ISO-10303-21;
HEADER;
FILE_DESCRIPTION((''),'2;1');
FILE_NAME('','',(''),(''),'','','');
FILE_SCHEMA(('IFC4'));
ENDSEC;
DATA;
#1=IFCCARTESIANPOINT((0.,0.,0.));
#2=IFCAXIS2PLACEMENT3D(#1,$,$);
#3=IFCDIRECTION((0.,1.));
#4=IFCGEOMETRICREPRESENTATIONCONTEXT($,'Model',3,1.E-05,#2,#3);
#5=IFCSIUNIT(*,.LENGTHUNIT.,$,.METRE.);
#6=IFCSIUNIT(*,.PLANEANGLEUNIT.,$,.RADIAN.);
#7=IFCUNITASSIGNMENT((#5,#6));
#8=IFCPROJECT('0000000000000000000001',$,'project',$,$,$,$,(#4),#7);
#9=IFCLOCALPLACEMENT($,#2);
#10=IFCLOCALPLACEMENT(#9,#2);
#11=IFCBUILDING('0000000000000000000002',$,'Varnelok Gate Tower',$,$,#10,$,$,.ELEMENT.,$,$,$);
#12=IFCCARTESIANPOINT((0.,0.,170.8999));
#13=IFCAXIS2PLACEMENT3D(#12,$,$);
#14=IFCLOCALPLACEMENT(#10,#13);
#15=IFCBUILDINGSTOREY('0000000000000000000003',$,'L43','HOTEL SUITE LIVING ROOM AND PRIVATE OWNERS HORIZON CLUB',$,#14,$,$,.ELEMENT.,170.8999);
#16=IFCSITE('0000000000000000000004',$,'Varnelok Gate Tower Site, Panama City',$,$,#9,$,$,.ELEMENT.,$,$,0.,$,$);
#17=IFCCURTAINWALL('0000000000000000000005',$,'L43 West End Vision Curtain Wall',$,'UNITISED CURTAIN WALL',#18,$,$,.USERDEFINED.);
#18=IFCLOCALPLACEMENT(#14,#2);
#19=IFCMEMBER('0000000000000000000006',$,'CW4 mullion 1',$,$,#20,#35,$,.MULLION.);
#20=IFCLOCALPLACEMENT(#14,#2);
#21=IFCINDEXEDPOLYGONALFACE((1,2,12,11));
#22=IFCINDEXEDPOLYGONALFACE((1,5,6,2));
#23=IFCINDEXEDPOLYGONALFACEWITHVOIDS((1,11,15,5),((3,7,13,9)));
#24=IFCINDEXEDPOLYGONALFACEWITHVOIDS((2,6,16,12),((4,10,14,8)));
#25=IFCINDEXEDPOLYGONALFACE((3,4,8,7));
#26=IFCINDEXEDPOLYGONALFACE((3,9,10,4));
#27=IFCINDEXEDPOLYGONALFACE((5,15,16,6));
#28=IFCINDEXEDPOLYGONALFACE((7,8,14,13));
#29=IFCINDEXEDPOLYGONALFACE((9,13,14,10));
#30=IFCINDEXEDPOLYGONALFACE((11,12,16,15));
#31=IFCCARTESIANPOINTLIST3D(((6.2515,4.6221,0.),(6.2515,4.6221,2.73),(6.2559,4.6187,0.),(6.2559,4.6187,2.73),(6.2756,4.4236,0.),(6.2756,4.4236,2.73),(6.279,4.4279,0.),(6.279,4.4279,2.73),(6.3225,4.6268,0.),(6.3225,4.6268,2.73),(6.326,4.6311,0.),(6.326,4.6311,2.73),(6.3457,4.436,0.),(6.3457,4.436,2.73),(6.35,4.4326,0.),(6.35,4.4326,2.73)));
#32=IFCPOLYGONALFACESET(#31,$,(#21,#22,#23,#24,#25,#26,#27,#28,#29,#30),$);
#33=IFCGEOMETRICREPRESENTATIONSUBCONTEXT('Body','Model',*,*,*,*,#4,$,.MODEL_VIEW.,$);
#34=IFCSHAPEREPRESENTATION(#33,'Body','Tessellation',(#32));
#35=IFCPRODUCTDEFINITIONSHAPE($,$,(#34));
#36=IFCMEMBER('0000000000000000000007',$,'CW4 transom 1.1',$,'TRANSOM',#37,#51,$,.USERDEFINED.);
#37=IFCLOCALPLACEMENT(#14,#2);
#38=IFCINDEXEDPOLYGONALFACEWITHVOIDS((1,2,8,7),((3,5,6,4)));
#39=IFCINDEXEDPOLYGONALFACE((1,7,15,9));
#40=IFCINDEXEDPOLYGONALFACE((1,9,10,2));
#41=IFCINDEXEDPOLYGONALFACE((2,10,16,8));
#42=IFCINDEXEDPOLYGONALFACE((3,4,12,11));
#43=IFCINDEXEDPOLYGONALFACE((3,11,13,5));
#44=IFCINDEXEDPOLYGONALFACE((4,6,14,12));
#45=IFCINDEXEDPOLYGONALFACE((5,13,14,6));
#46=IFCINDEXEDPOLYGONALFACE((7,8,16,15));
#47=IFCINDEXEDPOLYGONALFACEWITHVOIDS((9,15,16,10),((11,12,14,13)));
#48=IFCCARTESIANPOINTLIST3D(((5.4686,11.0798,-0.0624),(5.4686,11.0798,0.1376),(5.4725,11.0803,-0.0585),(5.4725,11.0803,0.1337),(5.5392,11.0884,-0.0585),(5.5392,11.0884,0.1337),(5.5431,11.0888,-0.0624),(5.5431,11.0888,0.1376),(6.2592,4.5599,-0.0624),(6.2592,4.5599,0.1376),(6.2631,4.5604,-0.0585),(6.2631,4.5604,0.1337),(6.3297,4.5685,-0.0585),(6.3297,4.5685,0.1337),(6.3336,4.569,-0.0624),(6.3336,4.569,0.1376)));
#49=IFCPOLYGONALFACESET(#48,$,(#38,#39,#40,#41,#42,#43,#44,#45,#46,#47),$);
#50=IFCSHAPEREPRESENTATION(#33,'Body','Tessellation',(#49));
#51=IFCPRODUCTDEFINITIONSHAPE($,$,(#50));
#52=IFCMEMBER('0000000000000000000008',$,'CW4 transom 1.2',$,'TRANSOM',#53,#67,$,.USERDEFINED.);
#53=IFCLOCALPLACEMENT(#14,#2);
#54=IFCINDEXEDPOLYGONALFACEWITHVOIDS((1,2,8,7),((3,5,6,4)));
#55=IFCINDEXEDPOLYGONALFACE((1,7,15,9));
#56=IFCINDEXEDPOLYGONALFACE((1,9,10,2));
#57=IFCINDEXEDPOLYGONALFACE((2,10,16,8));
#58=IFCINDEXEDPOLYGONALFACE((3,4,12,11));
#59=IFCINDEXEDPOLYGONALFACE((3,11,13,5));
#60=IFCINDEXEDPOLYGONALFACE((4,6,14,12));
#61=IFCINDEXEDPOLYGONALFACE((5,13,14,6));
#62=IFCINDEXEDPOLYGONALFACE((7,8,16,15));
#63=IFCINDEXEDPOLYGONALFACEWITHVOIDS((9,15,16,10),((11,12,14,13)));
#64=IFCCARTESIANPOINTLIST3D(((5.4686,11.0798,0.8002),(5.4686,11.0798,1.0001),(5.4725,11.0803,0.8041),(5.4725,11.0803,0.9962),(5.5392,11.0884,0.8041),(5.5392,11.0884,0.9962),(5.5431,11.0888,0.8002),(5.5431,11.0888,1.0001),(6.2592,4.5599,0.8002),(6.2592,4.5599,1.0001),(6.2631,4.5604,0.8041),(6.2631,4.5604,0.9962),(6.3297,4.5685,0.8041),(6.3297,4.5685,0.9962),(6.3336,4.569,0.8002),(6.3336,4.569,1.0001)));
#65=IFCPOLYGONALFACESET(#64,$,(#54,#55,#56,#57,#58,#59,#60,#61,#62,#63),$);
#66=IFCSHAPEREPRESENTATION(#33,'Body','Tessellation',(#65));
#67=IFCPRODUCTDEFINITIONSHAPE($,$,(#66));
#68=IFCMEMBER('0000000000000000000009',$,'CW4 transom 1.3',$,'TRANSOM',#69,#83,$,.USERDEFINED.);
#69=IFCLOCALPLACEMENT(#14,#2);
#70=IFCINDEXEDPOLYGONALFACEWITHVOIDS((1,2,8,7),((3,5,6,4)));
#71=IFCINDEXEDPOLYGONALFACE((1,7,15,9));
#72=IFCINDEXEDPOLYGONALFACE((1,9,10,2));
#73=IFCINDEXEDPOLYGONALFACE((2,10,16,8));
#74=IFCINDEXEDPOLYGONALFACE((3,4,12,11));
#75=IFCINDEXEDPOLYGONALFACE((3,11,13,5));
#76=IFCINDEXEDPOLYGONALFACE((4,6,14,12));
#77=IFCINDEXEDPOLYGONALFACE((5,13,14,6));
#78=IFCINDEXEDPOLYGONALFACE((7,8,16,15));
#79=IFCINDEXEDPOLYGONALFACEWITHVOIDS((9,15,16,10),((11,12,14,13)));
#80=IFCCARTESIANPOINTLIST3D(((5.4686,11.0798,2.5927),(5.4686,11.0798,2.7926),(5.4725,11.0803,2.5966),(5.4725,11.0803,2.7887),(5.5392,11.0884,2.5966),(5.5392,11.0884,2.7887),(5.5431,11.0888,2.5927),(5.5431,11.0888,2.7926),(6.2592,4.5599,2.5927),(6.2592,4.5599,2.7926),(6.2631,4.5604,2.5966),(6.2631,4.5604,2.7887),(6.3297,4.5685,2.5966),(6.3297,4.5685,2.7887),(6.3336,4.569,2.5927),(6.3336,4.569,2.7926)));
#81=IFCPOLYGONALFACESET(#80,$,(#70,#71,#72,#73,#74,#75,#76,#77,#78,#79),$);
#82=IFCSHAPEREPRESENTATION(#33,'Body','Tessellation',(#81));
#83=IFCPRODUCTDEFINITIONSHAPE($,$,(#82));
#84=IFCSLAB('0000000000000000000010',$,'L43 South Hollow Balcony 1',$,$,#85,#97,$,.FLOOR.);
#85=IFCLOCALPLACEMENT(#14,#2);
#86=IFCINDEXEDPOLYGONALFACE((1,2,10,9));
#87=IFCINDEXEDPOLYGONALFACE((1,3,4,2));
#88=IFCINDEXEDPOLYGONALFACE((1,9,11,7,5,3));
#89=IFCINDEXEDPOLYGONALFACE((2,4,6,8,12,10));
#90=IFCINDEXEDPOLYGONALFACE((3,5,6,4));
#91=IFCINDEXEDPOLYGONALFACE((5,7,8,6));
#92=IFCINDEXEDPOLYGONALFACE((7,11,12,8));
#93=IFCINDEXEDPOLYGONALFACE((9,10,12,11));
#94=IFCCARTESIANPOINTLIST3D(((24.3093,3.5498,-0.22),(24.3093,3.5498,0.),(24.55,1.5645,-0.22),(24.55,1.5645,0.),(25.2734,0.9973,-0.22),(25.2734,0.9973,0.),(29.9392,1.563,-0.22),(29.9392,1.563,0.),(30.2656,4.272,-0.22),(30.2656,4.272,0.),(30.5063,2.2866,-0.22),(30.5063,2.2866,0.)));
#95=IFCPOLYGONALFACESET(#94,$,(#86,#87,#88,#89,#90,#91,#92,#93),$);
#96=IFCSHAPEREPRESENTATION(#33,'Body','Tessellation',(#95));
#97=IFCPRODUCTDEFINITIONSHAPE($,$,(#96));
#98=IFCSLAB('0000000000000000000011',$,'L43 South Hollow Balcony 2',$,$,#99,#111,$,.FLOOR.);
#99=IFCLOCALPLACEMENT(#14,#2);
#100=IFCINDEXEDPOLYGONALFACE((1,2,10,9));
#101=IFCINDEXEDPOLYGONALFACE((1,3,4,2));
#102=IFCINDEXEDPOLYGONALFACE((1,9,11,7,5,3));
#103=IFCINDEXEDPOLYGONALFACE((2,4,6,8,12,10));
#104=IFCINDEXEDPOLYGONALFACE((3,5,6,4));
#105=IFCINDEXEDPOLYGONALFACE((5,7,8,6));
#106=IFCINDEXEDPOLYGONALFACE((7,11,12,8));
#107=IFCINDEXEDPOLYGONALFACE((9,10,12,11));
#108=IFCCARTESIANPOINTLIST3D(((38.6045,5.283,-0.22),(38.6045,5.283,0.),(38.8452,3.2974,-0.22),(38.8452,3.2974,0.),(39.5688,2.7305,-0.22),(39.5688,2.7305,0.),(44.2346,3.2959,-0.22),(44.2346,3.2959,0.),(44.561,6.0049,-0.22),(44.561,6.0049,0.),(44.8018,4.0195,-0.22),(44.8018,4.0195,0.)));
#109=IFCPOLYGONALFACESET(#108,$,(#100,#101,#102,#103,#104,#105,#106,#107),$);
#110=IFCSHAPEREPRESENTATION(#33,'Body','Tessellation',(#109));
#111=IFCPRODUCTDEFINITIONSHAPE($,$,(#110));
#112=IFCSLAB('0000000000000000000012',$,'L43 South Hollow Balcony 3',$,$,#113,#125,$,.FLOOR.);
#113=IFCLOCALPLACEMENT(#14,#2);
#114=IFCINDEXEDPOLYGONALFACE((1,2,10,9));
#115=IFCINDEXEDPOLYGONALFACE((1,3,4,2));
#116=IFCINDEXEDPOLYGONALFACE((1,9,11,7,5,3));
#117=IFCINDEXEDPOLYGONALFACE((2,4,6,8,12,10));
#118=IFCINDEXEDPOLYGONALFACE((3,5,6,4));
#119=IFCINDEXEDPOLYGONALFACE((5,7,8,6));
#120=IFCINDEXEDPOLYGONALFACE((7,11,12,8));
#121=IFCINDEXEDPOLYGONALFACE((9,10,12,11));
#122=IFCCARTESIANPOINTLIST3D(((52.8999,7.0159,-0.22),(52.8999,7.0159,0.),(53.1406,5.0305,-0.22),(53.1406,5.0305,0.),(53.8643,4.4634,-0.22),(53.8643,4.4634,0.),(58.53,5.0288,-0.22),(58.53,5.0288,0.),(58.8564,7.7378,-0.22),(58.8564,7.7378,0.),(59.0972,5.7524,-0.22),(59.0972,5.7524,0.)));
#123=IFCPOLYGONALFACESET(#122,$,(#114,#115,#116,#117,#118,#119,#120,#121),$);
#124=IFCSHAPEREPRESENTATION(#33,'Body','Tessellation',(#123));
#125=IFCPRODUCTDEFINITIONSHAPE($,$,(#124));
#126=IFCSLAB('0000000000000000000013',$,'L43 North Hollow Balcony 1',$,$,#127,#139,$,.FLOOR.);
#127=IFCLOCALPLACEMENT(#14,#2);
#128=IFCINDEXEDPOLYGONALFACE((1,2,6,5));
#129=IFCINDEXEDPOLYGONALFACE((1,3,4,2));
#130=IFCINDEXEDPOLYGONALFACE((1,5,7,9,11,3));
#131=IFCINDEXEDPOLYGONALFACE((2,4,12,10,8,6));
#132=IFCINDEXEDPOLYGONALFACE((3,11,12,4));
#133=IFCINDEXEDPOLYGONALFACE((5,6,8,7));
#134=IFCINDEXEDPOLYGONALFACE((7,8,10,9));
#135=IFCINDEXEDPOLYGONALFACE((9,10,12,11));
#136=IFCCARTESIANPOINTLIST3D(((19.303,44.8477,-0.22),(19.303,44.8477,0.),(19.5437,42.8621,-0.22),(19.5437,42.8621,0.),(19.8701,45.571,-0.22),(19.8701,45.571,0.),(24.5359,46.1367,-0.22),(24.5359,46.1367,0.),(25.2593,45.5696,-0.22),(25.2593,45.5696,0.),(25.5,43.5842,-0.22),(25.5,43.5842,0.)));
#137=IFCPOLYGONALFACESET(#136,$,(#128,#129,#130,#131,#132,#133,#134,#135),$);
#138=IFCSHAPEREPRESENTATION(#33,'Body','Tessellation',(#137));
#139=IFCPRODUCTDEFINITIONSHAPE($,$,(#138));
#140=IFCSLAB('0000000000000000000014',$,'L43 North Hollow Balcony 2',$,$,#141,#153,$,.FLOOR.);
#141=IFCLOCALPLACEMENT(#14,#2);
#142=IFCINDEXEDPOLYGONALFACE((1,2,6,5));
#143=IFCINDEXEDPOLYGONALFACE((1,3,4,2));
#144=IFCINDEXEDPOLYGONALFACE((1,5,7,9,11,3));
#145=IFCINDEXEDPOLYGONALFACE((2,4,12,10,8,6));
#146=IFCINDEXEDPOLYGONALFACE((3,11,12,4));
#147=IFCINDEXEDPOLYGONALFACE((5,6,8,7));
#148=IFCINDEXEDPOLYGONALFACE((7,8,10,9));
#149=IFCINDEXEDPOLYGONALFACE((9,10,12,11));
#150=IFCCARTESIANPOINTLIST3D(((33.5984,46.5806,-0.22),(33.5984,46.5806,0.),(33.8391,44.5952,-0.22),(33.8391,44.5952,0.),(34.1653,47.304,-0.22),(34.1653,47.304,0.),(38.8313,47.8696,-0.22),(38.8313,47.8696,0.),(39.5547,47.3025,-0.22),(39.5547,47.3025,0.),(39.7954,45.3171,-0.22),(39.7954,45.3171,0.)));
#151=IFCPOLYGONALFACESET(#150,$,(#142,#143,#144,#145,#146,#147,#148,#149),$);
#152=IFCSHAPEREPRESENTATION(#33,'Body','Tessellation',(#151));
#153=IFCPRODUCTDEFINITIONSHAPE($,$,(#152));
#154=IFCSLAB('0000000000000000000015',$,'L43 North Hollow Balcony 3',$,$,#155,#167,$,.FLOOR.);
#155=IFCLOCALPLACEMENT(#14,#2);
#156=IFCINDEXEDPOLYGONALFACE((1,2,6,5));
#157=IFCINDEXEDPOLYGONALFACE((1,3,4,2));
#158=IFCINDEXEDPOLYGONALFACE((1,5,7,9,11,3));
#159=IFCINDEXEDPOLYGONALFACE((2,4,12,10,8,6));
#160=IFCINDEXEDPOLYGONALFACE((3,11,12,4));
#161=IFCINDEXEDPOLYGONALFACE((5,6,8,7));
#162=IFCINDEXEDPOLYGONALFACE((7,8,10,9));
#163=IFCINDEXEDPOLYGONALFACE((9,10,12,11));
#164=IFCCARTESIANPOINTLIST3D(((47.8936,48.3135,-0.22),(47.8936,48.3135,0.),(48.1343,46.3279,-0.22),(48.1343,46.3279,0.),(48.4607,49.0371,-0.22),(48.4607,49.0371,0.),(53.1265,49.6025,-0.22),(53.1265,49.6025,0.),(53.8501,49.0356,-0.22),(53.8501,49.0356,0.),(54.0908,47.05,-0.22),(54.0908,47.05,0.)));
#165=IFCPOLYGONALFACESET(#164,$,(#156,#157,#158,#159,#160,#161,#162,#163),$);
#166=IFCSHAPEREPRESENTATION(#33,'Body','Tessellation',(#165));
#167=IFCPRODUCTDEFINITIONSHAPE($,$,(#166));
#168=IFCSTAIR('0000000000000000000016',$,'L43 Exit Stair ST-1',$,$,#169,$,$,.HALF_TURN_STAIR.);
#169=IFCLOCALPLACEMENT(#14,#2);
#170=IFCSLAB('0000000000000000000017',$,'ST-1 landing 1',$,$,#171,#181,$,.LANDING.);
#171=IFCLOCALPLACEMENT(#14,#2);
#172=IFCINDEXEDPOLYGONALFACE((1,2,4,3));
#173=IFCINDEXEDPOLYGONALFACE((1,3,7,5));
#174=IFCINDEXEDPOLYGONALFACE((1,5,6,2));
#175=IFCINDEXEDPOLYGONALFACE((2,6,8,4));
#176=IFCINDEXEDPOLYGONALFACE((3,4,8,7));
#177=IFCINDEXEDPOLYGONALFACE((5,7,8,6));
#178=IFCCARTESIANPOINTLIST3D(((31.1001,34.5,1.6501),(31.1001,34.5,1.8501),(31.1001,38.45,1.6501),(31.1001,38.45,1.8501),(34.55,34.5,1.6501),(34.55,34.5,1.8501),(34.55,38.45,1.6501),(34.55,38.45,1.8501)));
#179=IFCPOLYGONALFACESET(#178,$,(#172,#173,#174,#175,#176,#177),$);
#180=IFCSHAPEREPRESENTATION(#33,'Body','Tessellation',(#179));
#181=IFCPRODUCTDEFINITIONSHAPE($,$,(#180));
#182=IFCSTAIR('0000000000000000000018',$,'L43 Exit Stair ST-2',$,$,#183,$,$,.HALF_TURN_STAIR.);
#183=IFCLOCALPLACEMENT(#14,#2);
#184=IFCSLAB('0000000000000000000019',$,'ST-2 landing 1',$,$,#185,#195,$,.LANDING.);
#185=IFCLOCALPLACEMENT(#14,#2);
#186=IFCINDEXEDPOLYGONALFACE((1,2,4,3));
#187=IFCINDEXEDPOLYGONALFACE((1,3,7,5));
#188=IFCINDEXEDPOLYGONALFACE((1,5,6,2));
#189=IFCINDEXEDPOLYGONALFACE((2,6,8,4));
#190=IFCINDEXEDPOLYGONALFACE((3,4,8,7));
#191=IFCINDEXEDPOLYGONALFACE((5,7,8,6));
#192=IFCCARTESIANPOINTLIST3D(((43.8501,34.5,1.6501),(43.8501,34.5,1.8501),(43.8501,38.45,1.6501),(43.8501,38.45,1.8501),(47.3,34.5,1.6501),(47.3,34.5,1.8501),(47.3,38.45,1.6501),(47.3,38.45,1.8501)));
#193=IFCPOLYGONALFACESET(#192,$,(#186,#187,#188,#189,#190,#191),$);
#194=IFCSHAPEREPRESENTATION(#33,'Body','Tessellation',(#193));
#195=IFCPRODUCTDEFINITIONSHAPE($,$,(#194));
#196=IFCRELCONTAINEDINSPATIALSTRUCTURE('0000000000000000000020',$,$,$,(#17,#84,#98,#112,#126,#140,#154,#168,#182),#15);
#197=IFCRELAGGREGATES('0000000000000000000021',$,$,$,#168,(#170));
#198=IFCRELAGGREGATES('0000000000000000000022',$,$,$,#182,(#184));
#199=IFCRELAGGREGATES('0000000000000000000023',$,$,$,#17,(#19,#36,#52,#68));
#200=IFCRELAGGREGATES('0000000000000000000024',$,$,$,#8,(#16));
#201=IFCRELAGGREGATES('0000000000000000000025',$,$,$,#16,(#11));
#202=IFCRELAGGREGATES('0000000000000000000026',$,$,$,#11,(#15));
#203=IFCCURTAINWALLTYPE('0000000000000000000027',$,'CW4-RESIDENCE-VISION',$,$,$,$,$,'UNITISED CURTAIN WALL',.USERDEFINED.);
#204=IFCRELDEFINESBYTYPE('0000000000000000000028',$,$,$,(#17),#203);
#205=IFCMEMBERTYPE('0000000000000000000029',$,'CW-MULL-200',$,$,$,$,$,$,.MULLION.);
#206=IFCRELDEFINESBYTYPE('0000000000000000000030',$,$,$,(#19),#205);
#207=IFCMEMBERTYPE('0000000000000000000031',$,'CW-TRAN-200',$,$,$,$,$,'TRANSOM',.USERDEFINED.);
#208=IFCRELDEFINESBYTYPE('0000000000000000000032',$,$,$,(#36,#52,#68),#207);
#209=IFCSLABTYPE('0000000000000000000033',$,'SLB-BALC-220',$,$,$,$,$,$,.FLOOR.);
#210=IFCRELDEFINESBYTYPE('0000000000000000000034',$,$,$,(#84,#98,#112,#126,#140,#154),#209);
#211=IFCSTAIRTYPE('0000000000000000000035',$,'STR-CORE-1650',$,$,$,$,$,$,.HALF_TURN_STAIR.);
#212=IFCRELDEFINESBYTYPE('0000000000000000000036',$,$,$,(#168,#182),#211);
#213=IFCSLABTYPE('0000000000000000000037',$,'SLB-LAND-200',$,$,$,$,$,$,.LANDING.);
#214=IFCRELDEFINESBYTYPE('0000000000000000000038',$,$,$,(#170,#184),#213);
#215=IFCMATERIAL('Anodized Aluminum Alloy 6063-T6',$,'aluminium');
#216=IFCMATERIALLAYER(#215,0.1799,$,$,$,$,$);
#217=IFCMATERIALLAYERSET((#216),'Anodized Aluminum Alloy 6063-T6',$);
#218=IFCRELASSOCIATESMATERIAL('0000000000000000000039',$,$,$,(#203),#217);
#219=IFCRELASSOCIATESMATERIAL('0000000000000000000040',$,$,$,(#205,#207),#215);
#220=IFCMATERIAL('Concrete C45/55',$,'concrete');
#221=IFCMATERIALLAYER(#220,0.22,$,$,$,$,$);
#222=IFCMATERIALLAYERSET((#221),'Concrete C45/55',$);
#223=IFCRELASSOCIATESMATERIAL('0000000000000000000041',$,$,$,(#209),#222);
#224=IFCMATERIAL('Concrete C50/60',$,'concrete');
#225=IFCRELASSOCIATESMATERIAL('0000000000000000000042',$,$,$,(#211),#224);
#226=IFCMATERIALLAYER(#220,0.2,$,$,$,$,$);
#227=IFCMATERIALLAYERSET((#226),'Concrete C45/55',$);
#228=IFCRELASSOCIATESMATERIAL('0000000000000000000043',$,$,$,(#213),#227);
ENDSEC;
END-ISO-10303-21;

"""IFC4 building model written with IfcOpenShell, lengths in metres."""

from ifc_helpers import new_model, si_unit, direction, frame, origin, origin_2d, place, context, subcontext, project, spatial, polyline, hollow_rectangle, outline, extrude, material, layer, layer_set, material_profile, profile_set, type_object, element, aggregate, save


model = new_model("IFC4")

# Units and contexts
model_context = context("Model", 3, precision=1e-05, world=origin(), true_north=direction((0.0, 1.0)))
body_context = subcontext(model_context, "Body", "Model", "MODEL_VIEW")
ifc_project = project(units=[si_unit("LENGTHUNIT", "METRE"), si_unit("PLANEANGLEUNIT", "RADIAN")], contexts=[model_context])

# Site, building, storey
site_placement = place(None, origin())
site = spatial("IfcSite", under=ifc_project, at=site_placement, Name="Varnelok Gate Tower Site, Panama City", CompositionType="ELEMENT", RefElevation=0.0)
building_placement = place(site_placement, origin())
building = spatial("IfcBuilding", under=site, at=building_placement, Name="Varnelok Gate Tower", CompositionType="ELEMENT")
storey_placement = place(building_placement, frame((0.0, 0.0, 170.8999)))
storey = spatial("IfcBuildingStorey", under=building, at=storey_placement, Name="L43", Description="HOTEL SUITE LIVING ROOM AND PRIVATE OWNERS HORIZON CLUB", CompositionType="ELEMENT", Elevation=170.8999)

# Curtain wall, members
ifc_material_1 = material(Name="Anodized Aluminum Alloy 6063-T6", Category="aluminium")
ifc_layer_1 = layer(ifc_material_1, 0.1799)
ifc_layer_set_1 = layer_set([ifc_layer_1], Name="Anodized Aluminum Alloy 6063-T6")
curtain_wall_type = type_object("IfcCurtainWallType", Name="CW4-RESIDENCE-VISION", ElementType="UNITISED CURTAIN WALL", PredefinedType="USERDEFINED", material=ifc_layer_set_1)
curtain_wall_placement = place(storey_placement, origin())
curtain_wall = element("IfcCurtainWall", 1, at=curtain_wall_placement, inside=storey, type_object=curtain_wall_type, Name="L43 West End Vision Curtain Wall", ObjectType="UNITISED CURTAIN WALL", PredefinedType="USERDEFINED")
ifc_material_profile_1 = material_profile(ifc_material_1, hollow_rectangle(XDim=0.075, YDim=0.2, WallThickness=0.0039, at=origin_2d()), Name="ALU200X75X4")
ifc_profile_set_1 = profile_set([ifc_material_profile_1], Name="Anodized Aluminum Alloy 6063-T6")
member_type_1 = type_object("IfcMemberType", Name="CW-MULL-200", PredefinedType="MULLION", material=ifc_profile_set_1)
member_1_placement = place(storey_placement, frame((6.3008, 4.5273, 0.0), z_axis=(0.0, 0.0, 1.0), x_axis=(-0.992732, -0.120345, 0.0)))
member_1 = element("IfcMember", 2, at=member_1_placement, type_object=member_type_1, Name="CW4 mullion 1", PredefinedType="MULLION", context=body_context, shape_type="SweptSolid", body=[
    extrude(hollow_rectangle(XDim=0.075, YDim=0.2, WallThickness=0.0039, at=origin_2d()), origin(), (0.0, 0.0, 1.0), 2.73),
])
ifc_material_profile_2 = material_profile(ifc_material_1, hollow_rectangle(XDim=0.075, YDim=0.2, WallThickness=0.0039, at=origin_2d()), Name="ALU200X75X4")
ifc_profile_set_2 = profile_set([ifc_material_profile_2], Name="Anodized Aluminum Alloy 6063-T6")
member_type_2 = type_object("IfcMemberType", Name="CW-TRAN-200", ElementType="TRANSOM", PredefinedType="USERDEFINED", material=ifc_profile_set_2)
member_2_placement = place(storey_placement, frame((6.2964, 4.5645, 0.0376), z_axis=(-0.120369, 0.992729, 0.0), x_axis=(-0.992729, -0.120369, 0.0)))
member_2 = element("IfcMember", 3, at=member_2_placement, type_object=member_type_2, Name="CW4 transom 1.1", ObjectType="TRANSOM", PredefinedType="USERDEFINED", context=body_context, shape_type="SweptSolid", body=[
    extrude(hollow_rectangle(XDim=0.075, YDim=0.2, WallThickness=0.0039, at=origin_2d()), origin(), (0.0, 0.0, 1.0), 6.5676),
])
member_3_placement = place(storey_placement, frame((6.2964, 4.5645, 0.9001), z_axis=(-0.120369, 0.992729, 0.0), x_axis=(-0.992729, -0.120369, 0.0)))
member_3 = element("IfcMember", 4, at=member_3_placement, type_object=member_type_2, Name="CW4 transom 1.2", ObjectType="TRANSOM", PredefinedType="USERDEFINED", context=body_context, shape_type="SweptSolid", body=[
    extrude(hollow_rectangle(XDim=0.075, YDim=0.2, WallThickness=0.0039, at=origin_2d()), origin(), (0.0, 0.0, 1.0), 6.5676),
])
member_4_placement = place(storey_placement, frame((6.2964, 4.5645, 2.6926), z_axis=(-0.120369, 0.992729, 0.0), x_axis=(-0.992729, -0.120369, 0.0)))
member_4 = element("IfcMember", 5, at=member_4_placement, type_object=member_type_2, Name="CW4 transom 1.3", ObjectType="TRANSOM", PredefinedType="USERDEFINED", context=body_context, shape_type="SweptSolid", body=[
    extrude(hollow_rectangle(XDim=0.075, YDim=0.2, WallThickness=0.0039, at=origin_2d()), origin(), (0.0, 0.0, 1.0), 6.5676),
])

# Slabs
ifc_material_2 = material(Name="Concrete C45/55", Category="concrete")
ifc_layer_2 = layer(ifc_material_2, 0.22)
ifc_layer_set_2 = layer_set([ifc_layer_2], Name="Concrete C45/55")
slab_type_1 = type_object("IfcSlabType", Name="SLB-BALC-220", PredefinedType="FLOOR", material=ifc_layer_set_2)
slab_1_placement = place(storey_placement, frame((0.0, 0.0, -0.22)))
element("IfcSlab", 6, at=slab_1_placement, inside=storey, type_object=slab_type_1, Name="L43 South Hollow Balcony 1", PredefinedType="FLOOR", context=body_context, shape_type="SweptSolid", body=[
    extrude(outline(polyline([(24.55, 1.5645), (25.2734, 0.9973), (29.9392, 1.563), (30.5063, 2.2866), (30.2656, 4.272), (24.3093, 3.5498), (24.55, 1.5645)])), origin(), (0.0, 0.0, 1.0), 0.22),
])
slab_2_placement = place(storey_placement, frame((0.0, 0.0, -0.22)))
element("IfcSlab", 7, at=slab_2_placement, inside=storey, type_object=slab_type_1, Name="L43 South Hollow Balcony 2", PredefinedType="FLOOR", context=body_context, shape_type="SweptSolid", body=[
    extrude(outline(polyline([(38.8452, 3.2974), (39.5688, 2.7305), (44.2346, 3.2959), (44.8018, 4.0195), (44.561, 6.0049), (38.6045, 5.283), (38.8452, 3.2974)])), origin(), (0.0, 0.0, 1.0), 0.22),
])
slab_3_placement = place(storey_placement, frame((0.0, 0.0, -0.22)))
element("IfcSlab", 8, at=slab_3_placement, inside=storey, type_object=slab_type_1, Name="L43 South Hollow Balcony 3", PredefinedType="FLOOR", context=body_context, shape_type="SweptSolid", body=[
    extrude(outline(polyline([(53.1406, 5.0305), (53.8643, 4.4634), (58.53, 5.0288), (59.0972, 5.7524), (58.8564, 7.7378), (52.8999, 7.0159), (53.1406, 5.0305)])), origin(), (0.0, 0.0, 1.0), 0.22),
])
slab_4_placement = place(storey_placement, frame((0.0, 0.0, -0.22)))
element("IfcSlab", 9, at=slab_4_placement, inside=storey, type_object=slab_type_1, Name="L43 North Hollow Balcony 1", PredefinedType="FLOOR", context=body_context, shape_type="SweptSolid", body=[
    extrude(outline(polyline([(19.5437, 42.8621), (25.5, 43.5842), (25.2593, 45.5696), (24.5359, 46.1367), (19.8701, 45.571), (19.303, 44.8477), (19.5437, 42.8621)])), origin(), (0.0, 0.0, 1.0), 0.22),
])
slab_5_placement = place(storey_placement, frame((0.0, 0.0, -0.22)))
element("IfcSlab", 10, at=slab_5_placement, inside=storey, type_object=slab_type_1, Name="L43 North Hollow Balcony 2", PredefinedType="FLOOR", context=body_context, shape_type="SweptSolid", body=[
    extrude(outline(polyline([(33.8391, 44.5952), (39.7954, 45.3171), (39.5547, 47.3025), (38.8313, 47.8696), (34.1653, 47.304), (33.5984, 46.5806), (33.8391, 44.5952)])), origin(), (0.0, 0.0, 1.0), 0.22),
])
slab_6_placement = place(storey_placement, frame((0.0, 0.0, -0.22)))
element("IfcSlab", 11, at=slab_6_placement, inside=storey, type_object=slab_type_1, Name="L43 North Hollow Balcony 3", PredefinedType="FLOOR", context=body_context, shape_type="SweptSolid", body=[
    extrude(outline(polyline([(48.1343, 46.3279), (54.0908, 47.05), (53.8501, 49.0356), (53.1265, 49.6025), (48.4607, 49.0371), (47.8936, 48.3135), (48.1343, 46.3279)])), origin(), (0.0, 0.0, 1.0), 0.22),
])

# Stairs, slabs
ifc_material_3 = material(Name="Concrete C50/60", Category="concrete")
stair_type = type_object("IfcStairType", Name="STR-CORE-1650", PredefinedType="HALF_TURN_STAIR", material=ifc_material_3)
stair_1_placement = place(storey_placement, origin())
stair_1 = element("IfcStair", 12, at=stair_1_placement, inside=storey, type_object=stair_type, Name="L43 Exit Stair ST-1", PredefinedType="HALF_TURN_STAIR")
ifc_layer_3 = layer(ifc_material_2, 0.2)
ifc_layer_set_3 = layer_set([ifc_layer_3], Name="Concrete C45/55")
slab_type_2 = type_object("IfcSlabType", Name="SLB-LAND-200", PredefinedType="LANDING", material=ifc_layer_set_3)
slab_7_placement = place(storey_placement, frame((0.0, 0.0, 1.6501)))
slab_7 = element("IfcSlab", 13, at=slab_7_placement, type_object=slab_type_2, Name="ST-1 landing 1", PredefinedType="LANDING", context=body_context, shape_type="SweptSolid", body=[
    extrude(outline(polyline([(34.55, 34.5), (34.55, 38.45), (31.1001, 38.45), (31.1001, 34.5), (34.55, 34.5)])), origin(), (0.0, 0.0, 1.0), 0.2),
])
aggregate(stair_1, [slab_7])
stair_2_placement = place(storey_placement, origin())
stair_2 = element("IfcStair", 14, at=stair_2_placement, inside=storey, type_object=stair_type, Name="L43 Exit Stair ST-2", PredefinedType="HALF_TURN_STAIR")
slab_8_placement = place(storey_placement, frame((0.0, 0.0, 1.6501)))
slab_8 = element("IfcSlab", 15, at=slab_8_placement, type_object=slab_type_2, Name="ST-2 landing 1", PredefinedType="LANDING", context=body_context, shape_type="SweptSolid", body=[
    extrude(outline(polyline([(47.3, 34.5), (47.3, 38.45), (43.8501, 38.45), (43.8501, 34.5), (47.3, 34.5)])), origin(), (0.0, 0.0, 1.0), 0.2),
])
aggregate(stair_2, [slab_8])

aggregate(curtain_wall, [member_1, member_2, member_3, member_4])

save(model, "model.ifc")
